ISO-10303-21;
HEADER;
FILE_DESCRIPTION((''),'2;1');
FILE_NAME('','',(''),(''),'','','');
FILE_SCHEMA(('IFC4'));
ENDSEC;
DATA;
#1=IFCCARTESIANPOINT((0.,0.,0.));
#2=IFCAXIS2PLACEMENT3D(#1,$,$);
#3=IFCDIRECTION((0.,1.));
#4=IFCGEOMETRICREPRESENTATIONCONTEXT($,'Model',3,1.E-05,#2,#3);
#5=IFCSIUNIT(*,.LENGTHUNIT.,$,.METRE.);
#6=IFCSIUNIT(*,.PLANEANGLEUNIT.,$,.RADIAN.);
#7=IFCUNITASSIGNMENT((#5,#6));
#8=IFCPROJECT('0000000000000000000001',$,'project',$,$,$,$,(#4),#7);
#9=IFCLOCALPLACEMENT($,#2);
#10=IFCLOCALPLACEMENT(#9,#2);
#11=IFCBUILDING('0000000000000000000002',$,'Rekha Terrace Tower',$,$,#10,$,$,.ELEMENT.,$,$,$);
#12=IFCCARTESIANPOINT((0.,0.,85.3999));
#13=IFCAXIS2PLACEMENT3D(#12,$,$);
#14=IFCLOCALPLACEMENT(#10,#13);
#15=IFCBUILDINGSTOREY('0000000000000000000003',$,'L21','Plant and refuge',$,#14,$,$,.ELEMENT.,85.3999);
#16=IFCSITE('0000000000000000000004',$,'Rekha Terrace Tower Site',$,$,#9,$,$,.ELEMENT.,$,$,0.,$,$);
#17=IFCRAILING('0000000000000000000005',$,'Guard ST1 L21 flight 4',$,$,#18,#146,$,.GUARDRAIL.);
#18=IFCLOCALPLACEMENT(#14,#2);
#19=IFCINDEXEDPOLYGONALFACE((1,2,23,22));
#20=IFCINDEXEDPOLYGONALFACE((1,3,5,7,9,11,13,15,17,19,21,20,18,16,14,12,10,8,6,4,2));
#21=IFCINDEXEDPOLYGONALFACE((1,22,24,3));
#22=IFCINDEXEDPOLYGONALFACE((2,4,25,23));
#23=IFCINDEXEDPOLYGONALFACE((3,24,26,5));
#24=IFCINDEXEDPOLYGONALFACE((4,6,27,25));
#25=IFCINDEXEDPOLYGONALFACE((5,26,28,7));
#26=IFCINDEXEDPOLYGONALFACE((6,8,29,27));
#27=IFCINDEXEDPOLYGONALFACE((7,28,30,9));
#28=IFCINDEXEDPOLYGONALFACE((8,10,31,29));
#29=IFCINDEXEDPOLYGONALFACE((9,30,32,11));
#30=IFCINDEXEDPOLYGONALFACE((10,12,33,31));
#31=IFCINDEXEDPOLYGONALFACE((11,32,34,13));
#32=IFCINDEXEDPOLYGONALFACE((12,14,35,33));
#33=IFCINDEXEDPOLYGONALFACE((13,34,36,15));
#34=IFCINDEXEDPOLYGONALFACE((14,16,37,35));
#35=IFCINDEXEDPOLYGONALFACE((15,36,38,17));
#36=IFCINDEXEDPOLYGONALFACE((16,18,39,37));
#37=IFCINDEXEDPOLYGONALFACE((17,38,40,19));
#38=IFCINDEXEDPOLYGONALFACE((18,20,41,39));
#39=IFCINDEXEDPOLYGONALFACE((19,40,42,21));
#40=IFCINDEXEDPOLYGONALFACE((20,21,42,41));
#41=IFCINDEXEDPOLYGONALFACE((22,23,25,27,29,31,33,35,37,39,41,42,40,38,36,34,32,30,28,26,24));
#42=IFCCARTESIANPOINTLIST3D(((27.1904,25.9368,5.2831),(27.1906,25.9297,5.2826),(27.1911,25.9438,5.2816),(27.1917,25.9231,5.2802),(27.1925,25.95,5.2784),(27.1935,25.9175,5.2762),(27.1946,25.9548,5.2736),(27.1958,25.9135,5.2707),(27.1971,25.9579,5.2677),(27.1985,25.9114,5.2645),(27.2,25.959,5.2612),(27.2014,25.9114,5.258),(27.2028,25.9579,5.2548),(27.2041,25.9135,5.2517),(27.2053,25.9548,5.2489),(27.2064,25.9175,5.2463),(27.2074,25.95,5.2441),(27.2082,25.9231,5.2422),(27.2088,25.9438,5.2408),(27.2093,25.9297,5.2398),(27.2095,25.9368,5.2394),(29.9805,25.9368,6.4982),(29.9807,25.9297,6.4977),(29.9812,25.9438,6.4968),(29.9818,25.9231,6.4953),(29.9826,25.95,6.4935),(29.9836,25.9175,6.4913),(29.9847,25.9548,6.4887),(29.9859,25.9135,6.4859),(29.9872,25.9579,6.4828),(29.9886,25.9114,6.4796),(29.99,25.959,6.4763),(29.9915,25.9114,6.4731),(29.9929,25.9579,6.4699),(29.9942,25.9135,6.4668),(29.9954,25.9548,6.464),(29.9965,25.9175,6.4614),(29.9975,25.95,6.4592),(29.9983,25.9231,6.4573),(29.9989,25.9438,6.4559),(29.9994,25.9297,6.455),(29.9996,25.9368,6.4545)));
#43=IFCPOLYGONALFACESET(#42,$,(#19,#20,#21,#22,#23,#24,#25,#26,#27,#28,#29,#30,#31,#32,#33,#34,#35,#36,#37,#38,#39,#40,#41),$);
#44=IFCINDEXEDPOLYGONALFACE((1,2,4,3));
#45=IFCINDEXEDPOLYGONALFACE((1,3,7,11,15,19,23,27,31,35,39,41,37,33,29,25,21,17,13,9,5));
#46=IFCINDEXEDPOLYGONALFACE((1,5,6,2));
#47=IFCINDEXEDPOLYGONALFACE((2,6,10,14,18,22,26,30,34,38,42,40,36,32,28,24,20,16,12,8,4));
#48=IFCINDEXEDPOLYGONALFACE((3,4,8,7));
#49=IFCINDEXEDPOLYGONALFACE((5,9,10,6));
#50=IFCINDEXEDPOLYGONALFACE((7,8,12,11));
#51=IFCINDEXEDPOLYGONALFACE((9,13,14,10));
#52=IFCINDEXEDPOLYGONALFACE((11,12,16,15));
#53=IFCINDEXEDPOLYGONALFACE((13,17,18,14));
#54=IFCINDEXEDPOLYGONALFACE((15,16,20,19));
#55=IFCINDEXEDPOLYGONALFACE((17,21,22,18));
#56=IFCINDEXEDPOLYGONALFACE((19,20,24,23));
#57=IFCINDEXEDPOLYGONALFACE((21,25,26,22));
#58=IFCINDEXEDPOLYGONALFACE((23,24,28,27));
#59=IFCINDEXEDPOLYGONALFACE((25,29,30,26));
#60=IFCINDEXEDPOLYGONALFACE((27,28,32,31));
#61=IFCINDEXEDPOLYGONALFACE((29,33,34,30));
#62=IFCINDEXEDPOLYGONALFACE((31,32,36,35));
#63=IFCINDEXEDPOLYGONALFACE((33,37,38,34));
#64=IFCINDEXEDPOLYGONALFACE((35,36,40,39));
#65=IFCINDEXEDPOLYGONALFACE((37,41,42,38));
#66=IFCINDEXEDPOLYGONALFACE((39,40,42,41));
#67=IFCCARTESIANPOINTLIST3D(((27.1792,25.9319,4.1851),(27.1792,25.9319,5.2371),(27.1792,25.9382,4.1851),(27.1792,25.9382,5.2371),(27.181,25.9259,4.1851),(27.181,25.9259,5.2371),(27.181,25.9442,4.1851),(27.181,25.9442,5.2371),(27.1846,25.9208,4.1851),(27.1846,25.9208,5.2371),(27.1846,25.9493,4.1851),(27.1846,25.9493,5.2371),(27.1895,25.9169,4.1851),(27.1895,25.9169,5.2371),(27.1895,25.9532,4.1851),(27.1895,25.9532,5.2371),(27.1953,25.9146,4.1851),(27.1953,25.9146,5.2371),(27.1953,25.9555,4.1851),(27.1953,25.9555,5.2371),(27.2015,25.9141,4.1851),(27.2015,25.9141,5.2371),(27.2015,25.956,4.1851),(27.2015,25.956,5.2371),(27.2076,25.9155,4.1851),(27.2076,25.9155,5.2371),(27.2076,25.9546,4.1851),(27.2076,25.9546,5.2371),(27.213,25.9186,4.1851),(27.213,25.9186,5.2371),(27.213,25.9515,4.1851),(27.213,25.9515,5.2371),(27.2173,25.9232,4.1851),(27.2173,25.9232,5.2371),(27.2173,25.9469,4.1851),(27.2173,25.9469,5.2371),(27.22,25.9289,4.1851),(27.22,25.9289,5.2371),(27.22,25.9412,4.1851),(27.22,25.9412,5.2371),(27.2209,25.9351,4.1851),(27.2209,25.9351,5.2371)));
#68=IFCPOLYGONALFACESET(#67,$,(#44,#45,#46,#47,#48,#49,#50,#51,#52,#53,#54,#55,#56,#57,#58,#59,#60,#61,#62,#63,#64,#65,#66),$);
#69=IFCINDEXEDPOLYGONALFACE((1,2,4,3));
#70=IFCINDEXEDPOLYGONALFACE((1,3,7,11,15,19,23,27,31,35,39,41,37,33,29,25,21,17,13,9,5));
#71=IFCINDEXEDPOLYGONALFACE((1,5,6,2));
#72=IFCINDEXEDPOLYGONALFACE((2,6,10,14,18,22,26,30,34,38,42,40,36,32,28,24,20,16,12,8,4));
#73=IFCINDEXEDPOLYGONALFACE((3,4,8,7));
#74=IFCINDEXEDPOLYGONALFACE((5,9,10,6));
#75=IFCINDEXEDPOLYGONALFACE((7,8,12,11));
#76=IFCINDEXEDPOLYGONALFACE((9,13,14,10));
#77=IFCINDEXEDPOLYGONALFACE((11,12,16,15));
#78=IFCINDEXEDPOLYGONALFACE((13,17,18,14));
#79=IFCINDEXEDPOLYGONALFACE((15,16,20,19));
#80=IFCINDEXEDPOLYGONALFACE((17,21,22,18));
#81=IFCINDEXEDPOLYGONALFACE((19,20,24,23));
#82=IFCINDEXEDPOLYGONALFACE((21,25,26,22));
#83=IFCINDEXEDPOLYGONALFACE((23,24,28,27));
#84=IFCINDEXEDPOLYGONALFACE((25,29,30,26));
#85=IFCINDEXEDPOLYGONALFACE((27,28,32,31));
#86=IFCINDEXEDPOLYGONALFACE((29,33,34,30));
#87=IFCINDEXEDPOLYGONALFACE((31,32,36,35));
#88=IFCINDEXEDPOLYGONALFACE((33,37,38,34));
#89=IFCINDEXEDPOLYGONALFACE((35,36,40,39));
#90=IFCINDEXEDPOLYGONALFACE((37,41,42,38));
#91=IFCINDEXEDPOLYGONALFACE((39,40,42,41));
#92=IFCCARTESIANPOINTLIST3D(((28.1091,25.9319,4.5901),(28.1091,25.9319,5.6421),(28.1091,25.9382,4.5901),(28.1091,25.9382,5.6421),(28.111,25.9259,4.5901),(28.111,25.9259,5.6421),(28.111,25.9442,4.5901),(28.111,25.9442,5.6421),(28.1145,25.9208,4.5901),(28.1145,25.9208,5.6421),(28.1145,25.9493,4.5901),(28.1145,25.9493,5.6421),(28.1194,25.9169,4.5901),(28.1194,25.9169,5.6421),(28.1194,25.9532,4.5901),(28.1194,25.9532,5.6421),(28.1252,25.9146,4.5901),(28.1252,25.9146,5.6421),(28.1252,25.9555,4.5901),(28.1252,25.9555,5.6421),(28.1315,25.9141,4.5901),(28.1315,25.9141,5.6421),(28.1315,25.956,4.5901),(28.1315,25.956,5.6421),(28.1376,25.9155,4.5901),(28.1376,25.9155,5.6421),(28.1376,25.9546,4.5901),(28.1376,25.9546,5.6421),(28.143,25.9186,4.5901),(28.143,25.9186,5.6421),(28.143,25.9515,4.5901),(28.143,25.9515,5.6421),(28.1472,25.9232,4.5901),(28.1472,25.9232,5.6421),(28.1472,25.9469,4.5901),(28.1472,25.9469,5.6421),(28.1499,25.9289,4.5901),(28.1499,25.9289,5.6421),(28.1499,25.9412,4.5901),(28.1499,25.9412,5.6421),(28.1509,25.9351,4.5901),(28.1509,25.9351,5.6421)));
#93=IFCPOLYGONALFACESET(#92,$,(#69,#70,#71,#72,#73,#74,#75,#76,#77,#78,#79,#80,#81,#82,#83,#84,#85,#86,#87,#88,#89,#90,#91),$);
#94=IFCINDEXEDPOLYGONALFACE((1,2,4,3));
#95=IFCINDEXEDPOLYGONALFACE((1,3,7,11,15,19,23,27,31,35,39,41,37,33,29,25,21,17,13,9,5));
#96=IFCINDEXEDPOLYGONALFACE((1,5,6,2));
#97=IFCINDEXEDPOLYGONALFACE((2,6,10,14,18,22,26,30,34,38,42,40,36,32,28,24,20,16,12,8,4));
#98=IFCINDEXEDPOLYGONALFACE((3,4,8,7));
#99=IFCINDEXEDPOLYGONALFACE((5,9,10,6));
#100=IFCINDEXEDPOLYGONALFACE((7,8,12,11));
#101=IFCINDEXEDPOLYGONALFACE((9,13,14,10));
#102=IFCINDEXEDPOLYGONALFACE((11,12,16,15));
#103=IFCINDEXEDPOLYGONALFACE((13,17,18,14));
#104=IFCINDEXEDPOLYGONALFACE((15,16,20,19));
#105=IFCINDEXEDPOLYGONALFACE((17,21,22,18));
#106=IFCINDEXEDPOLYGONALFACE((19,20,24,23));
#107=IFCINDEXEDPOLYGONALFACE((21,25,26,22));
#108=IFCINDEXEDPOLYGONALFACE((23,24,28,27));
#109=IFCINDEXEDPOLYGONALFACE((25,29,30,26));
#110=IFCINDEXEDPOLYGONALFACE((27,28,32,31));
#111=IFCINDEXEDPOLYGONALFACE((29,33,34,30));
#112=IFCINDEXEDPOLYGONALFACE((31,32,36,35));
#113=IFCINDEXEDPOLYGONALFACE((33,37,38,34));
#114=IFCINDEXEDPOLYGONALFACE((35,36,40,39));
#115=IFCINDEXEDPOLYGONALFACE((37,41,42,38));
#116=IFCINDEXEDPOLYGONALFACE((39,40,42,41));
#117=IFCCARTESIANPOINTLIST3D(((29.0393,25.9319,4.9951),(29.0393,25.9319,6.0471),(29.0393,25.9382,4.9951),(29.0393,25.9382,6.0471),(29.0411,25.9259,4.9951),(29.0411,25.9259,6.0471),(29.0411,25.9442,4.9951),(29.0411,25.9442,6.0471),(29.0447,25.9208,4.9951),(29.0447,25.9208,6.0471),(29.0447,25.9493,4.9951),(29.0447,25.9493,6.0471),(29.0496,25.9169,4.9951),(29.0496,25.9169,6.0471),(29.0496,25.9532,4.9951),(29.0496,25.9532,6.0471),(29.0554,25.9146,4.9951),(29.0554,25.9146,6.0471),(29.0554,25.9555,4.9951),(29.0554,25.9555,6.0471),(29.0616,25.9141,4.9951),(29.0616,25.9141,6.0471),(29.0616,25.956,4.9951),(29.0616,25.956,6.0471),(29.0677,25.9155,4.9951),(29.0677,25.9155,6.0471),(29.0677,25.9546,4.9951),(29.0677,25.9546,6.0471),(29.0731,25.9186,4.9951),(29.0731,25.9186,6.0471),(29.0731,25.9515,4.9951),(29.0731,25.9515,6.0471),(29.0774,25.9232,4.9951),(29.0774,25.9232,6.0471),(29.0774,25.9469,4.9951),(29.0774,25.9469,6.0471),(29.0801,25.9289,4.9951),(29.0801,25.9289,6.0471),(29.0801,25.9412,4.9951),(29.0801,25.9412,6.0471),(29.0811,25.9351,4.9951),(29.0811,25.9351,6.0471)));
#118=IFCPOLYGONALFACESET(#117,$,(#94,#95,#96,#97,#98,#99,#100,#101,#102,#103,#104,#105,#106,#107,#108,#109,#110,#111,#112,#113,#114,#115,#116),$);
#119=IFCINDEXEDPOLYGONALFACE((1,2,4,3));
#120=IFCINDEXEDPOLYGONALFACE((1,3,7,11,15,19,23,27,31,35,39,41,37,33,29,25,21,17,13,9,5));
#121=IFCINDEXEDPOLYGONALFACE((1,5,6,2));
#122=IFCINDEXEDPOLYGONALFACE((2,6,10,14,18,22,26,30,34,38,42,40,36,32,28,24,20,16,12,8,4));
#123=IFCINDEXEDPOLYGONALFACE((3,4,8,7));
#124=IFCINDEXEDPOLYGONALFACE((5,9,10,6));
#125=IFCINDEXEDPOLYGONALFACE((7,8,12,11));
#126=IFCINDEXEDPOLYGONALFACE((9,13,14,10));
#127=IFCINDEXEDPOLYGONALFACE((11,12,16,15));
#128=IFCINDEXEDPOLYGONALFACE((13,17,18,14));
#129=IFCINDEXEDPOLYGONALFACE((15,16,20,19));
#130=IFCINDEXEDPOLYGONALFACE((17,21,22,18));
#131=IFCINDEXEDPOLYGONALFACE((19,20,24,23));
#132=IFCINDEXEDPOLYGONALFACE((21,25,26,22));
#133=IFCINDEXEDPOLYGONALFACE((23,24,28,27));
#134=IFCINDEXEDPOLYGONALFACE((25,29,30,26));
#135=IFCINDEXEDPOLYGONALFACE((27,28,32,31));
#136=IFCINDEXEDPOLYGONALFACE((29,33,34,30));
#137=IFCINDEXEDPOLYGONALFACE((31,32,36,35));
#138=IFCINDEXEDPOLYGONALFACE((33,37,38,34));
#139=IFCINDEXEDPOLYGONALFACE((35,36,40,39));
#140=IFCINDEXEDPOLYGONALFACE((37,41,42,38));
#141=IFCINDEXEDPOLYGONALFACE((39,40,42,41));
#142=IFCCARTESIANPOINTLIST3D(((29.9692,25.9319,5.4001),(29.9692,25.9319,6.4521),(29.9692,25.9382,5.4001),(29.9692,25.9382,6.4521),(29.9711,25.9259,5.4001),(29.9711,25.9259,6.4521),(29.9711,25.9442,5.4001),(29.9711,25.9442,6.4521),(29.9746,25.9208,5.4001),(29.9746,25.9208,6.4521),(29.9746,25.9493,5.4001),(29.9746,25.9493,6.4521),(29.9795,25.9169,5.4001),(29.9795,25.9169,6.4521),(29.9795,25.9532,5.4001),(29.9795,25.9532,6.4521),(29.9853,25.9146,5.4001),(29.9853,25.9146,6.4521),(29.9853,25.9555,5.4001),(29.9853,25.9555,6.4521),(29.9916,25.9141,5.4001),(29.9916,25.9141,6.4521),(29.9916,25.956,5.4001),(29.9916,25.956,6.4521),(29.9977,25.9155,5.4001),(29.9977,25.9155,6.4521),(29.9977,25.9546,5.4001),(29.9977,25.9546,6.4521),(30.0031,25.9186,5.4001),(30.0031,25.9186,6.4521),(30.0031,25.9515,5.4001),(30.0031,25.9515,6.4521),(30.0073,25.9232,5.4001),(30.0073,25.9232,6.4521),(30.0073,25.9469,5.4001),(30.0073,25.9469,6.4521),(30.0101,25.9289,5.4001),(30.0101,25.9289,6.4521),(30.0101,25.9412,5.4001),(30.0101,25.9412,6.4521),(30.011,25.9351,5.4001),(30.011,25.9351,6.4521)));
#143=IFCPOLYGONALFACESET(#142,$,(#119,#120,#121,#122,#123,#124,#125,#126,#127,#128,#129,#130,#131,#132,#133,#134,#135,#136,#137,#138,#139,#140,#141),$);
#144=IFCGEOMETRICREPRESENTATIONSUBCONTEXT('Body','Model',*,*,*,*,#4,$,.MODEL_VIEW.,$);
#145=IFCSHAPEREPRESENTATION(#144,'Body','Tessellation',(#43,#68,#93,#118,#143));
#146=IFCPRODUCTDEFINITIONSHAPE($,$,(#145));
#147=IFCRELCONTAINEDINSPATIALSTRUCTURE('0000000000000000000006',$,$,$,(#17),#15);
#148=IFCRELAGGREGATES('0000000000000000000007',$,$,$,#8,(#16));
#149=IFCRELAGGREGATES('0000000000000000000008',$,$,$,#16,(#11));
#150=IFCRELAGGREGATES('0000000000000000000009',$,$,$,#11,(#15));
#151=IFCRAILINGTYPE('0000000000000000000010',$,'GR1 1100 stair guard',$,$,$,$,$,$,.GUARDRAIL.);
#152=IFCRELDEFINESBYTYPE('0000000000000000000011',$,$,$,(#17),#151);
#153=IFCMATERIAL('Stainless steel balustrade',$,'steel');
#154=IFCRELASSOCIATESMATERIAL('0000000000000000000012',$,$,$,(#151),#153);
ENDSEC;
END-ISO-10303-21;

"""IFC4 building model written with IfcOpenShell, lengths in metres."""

from ifc_helpers import new_model, si_unit, direction, frame, origin, origin_2d, place, context, subcontext, project, spatial, circle, extrude, material, type_object, element, save


model = new_model("IFC4")

# Units and contexts
model_context = context("Model", 3, precision=1e-05, world=origin(), true_north=direction((0.0, 1.0)))
body_context = subcontext(model_context, "Body", "Model", "MODEL_VIEW")
ifc_project = project(units=[si_unit("LENGTHUNIT", "METRE"), si_unit("PLANEANGLEUNIT", "RADIAN")], contexts=[model_context])

# Site, building, storey
site_placement = place(None, origin())
site = spatial("IfcSite", under=ifc_project, at=site_placement, Name="Rekha Terrace Tower Site", CompositionType="ELEMENT", RefElevation=0.0)
building_placement = place(site_placement, origin())
building = spatial("IfcBuilding", under=site, at=building_placement, Name="Rekha Terrace Tower", CompositionType="ELEMENT")
storey_placement = place(building_placement, frame((0.0, 0.0, 85.3999)))
storey = spatial("IfcBuildingStorey", under=building, at=storey_placement, Name="L21", Description="Plant and refuge", CompositionType="ELEMENT", Elevation=85.3999)

# Railing
ifc_material_1 = material(Name="Stainless steel balustrade", Category="steel")
railing_type_1 = type_object("IfcRailingType", Name="GR1 1100 stair guard", PredefinedType="GUARDRAIL", material=ifc_material_1)
railing_1_placement = place(storey_placement, frame((27.2, 25.9351, 4.1851)))
element("IfcRailing", 1, at=railing_1_placement, inside=storey, type_object=railing_type_1, Name="Guard ST1 L21 flight 4", PredefinedType="GUARDRAIL", context=body_context, shape_type="SweptSolid", body=[
    extrude(circle(Radius=0.0239, at=origin_2d()), frame((0.0, 0.0, 1.0762), z_axis=(0.916826, 0.0, 0.399286), x_axis=(0.0, 1.0, 0.0)), (0.0, 0.0, 1.0), 3.0432),
    extrude(circle(Radius=0.021, at=origin_2d()), origin(), (0.0, 0.0, 1.0), 1.052),
    extrude(circle(Radius=0.021, at=origin_2d()), frame((0.9299, 0.0, 0.405)), (0.0, 0.0, 1.0), 1.052),
    extrude(circle(Radius=0.021, at=origin_2d()), frame((1.8601, 0.0, 0.8101)), (0.0, 0.0, 1.0), 1.052),
    extrude(circle(Radius=0.021, at=origin_2d()), frame((2.79, 0.0, 1.2151)), (0.0, 0.0, 1.0), 1.052),
])

save(model, "model.ifc")
